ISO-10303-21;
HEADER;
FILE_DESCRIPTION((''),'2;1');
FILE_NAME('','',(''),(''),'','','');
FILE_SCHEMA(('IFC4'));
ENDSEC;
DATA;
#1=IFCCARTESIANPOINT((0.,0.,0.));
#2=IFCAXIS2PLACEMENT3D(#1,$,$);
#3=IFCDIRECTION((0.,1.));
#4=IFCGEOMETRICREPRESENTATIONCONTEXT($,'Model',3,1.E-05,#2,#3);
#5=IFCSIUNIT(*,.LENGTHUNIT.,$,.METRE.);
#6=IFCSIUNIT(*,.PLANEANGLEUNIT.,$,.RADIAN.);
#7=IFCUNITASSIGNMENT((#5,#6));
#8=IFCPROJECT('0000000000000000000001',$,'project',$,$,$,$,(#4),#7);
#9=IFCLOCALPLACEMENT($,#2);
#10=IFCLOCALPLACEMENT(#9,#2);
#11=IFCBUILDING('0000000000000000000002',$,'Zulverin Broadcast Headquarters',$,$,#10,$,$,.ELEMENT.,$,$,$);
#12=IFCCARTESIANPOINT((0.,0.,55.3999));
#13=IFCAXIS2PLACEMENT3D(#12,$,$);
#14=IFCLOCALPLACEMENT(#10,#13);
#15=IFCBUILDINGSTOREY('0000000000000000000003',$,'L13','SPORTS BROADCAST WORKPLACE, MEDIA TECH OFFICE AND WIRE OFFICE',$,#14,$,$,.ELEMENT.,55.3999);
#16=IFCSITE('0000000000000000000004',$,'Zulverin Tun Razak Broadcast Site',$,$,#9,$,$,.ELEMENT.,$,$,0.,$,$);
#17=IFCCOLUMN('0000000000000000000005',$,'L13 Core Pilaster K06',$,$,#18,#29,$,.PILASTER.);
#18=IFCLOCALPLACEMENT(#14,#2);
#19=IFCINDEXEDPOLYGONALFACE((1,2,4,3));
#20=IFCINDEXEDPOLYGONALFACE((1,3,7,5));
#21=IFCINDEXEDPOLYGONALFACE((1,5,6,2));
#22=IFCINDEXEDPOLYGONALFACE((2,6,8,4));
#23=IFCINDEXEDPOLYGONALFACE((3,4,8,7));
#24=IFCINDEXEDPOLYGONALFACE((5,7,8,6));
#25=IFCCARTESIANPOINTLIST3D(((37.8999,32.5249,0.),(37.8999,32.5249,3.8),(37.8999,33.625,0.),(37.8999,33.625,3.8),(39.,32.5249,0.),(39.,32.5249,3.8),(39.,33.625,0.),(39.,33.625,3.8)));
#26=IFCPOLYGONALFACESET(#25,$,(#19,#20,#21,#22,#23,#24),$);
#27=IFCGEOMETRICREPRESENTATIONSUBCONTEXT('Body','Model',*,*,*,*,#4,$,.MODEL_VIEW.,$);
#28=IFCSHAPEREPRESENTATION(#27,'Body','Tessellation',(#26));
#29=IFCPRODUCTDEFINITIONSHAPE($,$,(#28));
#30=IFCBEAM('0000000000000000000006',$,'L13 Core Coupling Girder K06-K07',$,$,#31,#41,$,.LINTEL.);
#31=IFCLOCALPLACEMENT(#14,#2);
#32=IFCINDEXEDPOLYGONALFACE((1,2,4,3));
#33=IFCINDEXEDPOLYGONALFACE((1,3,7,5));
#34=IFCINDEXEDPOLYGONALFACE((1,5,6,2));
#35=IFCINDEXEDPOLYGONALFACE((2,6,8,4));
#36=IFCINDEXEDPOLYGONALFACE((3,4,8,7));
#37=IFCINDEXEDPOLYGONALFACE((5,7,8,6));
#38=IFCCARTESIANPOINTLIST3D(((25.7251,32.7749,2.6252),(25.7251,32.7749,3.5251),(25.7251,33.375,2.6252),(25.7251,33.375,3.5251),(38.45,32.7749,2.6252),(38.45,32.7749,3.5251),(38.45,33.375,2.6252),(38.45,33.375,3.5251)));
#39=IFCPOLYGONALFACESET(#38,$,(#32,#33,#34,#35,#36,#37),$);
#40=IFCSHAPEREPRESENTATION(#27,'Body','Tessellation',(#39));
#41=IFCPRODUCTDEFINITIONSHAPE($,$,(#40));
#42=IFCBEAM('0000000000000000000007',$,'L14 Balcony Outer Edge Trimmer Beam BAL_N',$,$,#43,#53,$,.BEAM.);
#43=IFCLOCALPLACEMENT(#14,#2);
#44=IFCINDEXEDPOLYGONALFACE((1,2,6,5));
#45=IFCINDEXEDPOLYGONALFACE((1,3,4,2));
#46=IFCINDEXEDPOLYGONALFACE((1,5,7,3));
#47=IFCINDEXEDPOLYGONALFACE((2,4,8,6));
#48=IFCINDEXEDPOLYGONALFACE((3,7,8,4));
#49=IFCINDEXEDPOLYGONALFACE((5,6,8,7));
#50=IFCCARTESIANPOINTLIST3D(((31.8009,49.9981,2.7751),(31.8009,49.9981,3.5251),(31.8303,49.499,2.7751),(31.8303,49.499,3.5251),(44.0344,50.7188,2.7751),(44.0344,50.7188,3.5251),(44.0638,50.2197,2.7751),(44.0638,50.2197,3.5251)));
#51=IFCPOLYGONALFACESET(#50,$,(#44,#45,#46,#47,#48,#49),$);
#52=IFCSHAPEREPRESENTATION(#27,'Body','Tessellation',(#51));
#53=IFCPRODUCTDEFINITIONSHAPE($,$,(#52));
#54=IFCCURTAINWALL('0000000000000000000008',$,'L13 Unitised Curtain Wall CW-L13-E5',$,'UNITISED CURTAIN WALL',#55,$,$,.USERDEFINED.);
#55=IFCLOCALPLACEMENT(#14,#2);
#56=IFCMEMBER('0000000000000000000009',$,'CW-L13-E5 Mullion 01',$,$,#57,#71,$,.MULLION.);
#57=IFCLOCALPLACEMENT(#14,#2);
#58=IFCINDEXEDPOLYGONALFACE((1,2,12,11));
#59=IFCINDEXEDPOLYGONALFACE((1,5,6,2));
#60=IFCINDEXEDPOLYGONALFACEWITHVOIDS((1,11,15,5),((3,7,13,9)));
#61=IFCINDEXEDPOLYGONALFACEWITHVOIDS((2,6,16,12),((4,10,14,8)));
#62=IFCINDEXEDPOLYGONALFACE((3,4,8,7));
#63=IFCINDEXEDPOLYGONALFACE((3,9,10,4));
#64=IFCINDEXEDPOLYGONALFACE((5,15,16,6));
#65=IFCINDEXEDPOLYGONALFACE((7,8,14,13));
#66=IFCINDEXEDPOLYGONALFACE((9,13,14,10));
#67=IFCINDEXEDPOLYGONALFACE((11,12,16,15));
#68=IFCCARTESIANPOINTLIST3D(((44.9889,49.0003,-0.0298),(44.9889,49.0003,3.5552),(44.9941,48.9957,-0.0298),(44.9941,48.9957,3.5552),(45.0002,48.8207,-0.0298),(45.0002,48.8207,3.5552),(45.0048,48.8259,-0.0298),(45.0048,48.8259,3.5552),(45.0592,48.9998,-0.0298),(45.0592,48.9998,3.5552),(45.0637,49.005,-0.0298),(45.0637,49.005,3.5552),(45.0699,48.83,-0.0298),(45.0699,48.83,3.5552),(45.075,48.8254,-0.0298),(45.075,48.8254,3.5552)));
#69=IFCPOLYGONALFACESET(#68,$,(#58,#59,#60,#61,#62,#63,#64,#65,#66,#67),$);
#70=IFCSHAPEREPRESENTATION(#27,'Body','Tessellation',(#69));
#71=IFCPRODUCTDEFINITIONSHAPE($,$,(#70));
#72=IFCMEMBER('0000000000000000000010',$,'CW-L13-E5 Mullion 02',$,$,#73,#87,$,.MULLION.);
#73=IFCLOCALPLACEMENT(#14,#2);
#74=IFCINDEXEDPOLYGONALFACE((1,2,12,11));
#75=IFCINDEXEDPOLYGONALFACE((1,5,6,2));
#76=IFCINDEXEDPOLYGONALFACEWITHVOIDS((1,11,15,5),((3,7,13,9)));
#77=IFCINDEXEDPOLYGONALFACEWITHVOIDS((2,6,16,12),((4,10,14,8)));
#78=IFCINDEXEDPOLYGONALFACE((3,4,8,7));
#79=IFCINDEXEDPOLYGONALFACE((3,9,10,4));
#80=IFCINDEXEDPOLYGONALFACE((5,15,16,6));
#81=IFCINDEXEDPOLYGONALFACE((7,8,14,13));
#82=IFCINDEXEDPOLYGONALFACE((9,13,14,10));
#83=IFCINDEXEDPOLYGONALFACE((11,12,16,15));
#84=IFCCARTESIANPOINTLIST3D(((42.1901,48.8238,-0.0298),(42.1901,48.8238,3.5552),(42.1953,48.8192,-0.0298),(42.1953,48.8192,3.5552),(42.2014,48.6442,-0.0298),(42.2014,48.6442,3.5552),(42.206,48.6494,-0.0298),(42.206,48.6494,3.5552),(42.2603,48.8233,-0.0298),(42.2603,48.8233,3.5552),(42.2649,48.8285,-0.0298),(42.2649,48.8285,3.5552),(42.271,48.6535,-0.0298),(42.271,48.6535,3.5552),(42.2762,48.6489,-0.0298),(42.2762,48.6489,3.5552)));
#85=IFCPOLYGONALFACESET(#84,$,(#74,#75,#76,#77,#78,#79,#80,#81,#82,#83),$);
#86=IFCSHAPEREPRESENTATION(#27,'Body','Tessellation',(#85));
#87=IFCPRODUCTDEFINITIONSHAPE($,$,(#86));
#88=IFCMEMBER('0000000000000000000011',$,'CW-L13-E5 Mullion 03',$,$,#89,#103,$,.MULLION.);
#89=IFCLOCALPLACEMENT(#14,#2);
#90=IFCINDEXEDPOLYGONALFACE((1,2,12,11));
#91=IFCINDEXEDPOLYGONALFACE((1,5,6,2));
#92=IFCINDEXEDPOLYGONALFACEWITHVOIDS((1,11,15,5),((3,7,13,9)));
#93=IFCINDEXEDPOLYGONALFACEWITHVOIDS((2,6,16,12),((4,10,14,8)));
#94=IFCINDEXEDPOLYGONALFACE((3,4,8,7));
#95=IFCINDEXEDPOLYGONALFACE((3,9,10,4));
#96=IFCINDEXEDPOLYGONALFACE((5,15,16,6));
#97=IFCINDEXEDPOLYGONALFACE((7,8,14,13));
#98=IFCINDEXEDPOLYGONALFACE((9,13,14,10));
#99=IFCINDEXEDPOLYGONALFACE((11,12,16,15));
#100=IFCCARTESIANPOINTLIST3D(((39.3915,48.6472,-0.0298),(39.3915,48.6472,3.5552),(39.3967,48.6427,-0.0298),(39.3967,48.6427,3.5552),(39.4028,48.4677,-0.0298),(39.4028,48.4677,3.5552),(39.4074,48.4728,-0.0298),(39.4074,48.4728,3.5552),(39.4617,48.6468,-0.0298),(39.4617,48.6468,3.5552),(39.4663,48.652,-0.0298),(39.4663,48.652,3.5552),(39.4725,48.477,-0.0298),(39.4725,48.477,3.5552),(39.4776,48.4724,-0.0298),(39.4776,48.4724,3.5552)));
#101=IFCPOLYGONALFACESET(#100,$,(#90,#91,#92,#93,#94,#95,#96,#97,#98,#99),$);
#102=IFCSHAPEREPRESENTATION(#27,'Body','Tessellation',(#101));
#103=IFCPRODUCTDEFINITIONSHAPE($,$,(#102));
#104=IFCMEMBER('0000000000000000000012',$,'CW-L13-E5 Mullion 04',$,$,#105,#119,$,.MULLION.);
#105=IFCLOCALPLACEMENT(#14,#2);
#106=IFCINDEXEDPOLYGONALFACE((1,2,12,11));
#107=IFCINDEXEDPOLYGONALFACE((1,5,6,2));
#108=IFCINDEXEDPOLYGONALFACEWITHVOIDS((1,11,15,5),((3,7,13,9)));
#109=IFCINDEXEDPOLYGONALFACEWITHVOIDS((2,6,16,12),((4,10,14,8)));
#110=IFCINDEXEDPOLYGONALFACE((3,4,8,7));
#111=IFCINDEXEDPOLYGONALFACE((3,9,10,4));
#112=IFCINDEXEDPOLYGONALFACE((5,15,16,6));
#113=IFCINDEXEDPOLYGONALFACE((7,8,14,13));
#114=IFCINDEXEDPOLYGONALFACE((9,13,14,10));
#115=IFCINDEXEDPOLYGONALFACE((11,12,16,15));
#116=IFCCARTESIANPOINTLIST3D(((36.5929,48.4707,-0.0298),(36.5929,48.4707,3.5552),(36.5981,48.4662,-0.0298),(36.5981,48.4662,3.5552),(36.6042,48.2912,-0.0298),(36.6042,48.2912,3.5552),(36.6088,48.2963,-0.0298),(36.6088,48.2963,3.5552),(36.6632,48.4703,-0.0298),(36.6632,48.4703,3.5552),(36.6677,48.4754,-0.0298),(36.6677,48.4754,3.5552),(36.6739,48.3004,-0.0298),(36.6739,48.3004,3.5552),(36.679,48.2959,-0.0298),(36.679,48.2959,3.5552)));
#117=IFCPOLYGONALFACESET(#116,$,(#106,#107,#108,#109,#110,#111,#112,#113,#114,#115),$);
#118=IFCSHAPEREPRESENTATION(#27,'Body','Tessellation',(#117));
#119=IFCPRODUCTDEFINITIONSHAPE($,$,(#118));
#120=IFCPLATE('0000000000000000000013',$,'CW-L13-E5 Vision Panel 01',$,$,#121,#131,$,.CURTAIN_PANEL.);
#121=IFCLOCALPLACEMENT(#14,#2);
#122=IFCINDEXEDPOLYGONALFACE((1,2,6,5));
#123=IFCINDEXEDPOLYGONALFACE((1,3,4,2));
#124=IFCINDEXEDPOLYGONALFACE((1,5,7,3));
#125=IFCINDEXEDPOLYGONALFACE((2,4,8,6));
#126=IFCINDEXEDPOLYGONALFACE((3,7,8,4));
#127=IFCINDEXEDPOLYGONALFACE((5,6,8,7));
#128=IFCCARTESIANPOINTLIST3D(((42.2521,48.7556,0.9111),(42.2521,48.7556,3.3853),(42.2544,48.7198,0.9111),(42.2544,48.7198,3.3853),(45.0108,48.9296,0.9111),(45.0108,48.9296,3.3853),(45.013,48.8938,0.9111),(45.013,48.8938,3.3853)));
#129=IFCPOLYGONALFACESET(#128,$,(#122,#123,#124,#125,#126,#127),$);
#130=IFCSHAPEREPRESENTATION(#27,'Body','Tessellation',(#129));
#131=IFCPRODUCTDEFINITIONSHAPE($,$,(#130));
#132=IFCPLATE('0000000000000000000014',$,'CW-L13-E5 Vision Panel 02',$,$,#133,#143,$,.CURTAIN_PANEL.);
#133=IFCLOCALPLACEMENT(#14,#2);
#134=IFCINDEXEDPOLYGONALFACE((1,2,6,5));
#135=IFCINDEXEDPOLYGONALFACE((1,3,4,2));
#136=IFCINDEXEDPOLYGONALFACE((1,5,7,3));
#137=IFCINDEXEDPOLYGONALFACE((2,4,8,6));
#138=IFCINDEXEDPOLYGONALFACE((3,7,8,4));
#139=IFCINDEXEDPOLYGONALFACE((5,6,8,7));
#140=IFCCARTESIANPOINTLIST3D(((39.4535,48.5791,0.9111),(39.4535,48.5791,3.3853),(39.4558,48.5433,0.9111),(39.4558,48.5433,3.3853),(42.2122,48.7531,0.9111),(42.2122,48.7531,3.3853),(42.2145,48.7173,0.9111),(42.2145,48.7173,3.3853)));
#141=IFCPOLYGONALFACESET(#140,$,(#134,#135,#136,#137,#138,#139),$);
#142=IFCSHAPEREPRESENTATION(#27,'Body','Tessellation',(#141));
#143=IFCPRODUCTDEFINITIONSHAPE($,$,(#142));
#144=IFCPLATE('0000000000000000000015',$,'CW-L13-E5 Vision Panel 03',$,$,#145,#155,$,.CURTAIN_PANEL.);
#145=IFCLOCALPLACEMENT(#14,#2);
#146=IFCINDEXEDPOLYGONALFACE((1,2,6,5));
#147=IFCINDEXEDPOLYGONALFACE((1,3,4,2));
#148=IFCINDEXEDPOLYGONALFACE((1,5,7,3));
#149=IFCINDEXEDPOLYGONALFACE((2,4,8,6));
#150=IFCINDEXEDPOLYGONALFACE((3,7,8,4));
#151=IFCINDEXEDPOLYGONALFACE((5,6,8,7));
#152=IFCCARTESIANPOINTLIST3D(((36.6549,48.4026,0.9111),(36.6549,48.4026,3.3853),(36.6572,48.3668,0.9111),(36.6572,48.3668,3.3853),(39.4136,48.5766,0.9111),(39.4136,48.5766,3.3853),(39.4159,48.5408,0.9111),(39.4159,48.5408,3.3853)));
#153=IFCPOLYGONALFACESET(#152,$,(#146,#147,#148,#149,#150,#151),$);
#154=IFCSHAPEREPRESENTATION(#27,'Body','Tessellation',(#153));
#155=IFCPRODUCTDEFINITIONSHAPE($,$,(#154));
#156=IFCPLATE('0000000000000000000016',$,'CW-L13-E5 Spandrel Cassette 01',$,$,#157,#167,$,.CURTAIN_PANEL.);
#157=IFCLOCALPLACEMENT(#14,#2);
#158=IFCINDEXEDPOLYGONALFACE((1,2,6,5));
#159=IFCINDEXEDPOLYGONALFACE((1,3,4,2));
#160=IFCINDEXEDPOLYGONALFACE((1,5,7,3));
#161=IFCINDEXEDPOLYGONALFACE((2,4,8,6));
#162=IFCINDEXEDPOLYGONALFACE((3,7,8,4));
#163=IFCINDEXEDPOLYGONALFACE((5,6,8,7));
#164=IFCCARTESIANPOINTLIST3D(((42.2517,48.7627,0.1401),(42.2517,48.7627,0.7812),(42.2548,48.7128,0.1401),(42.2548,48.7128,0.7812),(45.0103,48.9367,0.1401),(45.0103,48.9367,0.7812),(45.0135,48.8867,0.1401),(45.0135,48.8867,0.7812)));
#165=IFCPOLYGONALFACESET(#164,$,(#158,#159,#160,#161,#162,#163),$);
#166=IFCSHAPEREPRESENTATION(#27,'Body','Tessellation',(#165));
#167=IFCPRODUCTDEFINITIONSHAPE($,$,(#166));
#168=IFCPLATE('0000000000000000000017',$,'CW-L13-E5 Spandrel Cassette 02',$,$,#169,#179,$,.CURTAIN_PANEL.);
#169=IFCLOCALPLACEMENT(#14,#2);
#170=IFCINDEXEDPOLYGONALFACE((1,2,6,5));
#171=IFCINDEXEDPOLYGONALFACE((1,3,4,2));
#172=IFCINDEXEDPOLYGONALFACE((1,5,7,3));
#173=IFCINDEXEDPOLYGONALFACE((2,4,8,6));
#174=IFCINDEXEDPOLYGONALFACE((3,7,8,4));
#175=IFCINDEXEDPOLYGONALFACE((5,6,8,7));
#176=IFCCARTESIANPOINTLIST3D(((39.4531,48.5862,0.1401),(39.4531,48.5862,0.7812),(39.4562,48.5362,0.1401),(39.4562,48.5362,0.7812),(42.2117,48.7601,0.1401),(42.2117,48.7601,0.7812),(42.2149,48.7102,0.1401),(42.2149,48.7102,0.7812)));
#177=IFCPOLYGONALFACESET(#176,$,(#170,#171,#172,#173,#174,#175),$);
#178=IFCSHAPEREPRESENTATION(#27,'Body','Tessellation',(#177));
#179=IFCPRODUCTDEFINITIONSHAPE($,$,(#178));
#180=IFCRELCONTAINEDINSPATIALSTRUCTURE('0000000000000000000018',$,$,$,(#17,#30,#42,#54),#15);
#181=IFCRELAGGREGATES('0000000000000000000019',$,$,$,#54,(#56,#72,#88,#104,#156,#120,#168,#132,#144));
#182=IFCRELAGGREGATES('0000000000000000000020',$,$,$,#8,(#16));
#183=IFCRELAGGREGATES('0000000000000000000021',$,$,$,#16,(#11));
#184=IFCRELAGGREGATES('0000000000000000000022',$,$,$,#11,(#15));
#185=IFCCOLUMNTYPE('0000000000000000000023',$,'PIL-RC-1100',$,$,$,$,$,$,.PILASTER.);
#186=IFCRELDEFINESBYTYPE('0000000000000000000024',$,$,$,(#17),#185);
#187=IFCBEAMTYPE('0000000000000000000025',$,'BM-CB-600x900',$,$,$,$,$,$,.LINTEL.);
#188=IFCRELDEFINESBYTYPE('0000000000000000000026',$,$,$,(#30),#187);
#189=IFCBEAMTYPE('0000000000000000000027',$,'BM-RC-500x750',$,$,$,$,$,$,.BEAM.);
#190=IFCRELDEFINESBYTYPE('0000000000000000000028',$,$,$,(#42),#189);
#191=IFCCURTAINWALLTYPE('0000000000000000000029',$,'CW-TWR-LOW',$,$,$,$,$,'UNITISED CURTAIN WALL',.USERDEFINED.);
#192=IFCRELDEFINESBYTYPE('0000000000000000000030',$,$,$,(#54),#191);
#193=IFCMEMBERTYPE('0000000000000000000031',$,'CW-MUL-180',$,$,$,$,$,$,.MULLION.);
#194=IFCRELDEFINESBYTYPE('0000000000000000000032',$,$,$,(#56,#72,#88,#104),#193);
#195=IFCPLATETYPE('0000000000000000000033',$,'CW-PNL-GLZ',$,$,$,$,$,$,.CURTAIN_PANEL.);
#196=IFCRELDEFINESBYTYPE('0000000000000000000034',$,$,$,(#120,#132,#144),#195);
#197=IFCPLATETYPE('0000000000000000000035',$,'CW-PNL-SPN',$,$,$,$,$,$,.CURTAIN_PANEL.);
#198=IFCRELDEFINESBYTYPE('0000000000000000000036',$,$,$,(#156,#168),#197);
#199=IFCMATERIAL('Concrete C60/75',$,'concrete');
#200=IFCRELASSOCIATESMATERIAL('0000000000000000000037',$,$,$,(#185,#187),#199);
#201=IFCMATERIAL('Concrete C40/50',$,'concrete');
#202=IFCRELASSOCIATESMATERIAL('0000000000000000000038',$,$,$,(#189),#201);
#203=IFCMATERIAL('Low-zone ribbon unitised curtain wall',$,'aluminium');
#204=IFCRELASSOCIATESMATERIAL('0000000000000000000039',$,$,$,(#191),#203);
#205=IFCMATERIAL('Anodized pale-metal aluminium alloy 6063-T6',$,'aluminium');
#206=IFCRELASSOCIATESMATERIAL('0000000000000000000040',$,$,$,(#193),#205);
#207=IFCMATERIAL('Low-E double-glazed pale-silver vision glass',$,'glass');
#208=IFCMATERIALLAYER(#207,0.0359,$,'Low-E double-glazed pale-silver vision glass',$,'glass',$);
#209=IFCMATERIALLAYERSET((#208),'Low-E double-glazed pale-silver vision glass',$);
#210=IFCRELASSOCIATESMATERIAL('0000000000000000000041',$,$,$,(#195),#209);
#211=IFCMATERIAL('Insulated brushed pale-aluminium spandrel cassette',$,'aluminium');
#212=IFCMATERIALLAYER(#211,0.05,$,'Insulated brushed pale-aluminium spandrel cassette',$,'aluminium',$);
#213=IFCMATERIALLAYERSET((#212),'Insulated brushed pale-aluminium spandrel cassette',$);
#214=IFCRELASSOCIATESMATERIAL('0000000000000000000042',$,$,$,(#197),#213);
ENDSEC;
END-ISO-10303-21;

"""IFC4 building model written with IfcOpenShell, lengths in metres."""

from ifc_helpers import new_model, si_unit, direction, frame, origin, origin_2d, place, context, subcontext, project, spatial, rectangle, hollow_rectangle, extrude, material, layer, layer_set, material_profile, profile_set, type_object, element, aggregate, save


model = new_model("IFC4")

# Units and contexts
model_context = context("Model", 3, precision=1e-05, world=origin(), true_north=direction((0.0, 1.0)))
body_context = subcontext(model_context, "Body", "Model", "MODEL_VIEW")
ifc_project = project(units=[si_unit("LENGTHUNIT", "METRE"), si_unit("PLANEANGLEUNIT", "RADIAN")], contexts=[model_context])

# Site, building, storey
site_placement = place(None, origin())
site = spatial("IfcSite", under=ifc_project, at=site_placement, Name="Zulverin Tun Razak Broadcast Site", CompositionType="ELEMENT", RefElevation=0.0)
building_placement = place(site_placement, origin())
building = spatial("IfcBuilding", under=site, at=building_placement, Name="Zulverin Broadcast Headquarters", CompositionType="ELEMENT")
storey_placement = place(building_placement, frame((0.0, 0.0, 55.3999)))
storey = spatial("IfcBuildingStorey", under=building, at=storey_placement, Name="L13", Description="SPORTS BROADCAST WORKPLACE, MEDIA TECH OFFICE AND WIRE OFFICE", CompositionType="ELEMENT", Elevation=55.3999)

# Column
ifc_material_1 = material(Name="Concrete C60/75", Category="concrete")
ifc_material_profile_1 = material_profile(ifc_material_1, rectangle(XDim=1.1001, YDim=1.1001, at=origin_2d()), Name="Concrete C60/75", Category="concrete")
ifc_profile_set_1 = profile_set([ifc_material_profile_1], Name="Concrete C60/75")
column_type = type_object("IfcColumnType", Name="PIL-RC-1100", PredefinedType="PILASTER", material=ifc_profile_set_1)
column_placement = place(storey_placement, frame((38.45, 33.075, 0.0), z_axis=(0.0, 0.0, 1.0), x_axis=(1.0, 0.0, 0.0)))
element("IfcColumn", 1, at=column_placement, inside=storey, type_object=column_type, Name="L13 Core Pilaster K06", PredefinedType="PILASTER", context=body_context, shape_type="SweptSolid", body=[
    extrude(rectangle(XDim=1.1001, YDim=1.1001, at=origin_2d()), origin(), (0.0, 0.0, 1.0), 3.8),
])

# Beams
ifc_material_profile_2 = material_profile(ifc_material_1, rectangle(XDim=0.6001, YDim=0.8999, at=origin_2d()), Name="Concrete C60/75", Category="concrete")
ifc_profile_set_2 = profile_set([ifc_material_profile_2], Name="Concrete C60/75")
beam_type_1 = type_object("IfcBeamType", Name="BM-CB-600x900", PredefinedType="LINTEL", material=ifc_profile_set_2)
beam_1_placement = place(storey_placement, frame((38.45, 33.075, 3.0752), z_axis=(-1.0, 0.0, 0.0), x_axis=(0.0, -1.0, 0.0)))
element("IfcBeam", 2, at=beam_1_placement, inside=storey, type_object=beam_type_1, Name="L13 Core Coupling Girder K06-K07", PredefinedType="LINTEL", context=body_context, shape_type="SweptSolid", body=[
    extrude(rectangle(XDim=0.6001, YDim=0.8999, at=origin_2d()), origin(), (0.0, 0.0, 1.0), 12.7249),
])
ifc_material_2 = material(Name="Concrete C40/50", Category="concrete")
ifc_material_profile_3 = material_profile(ifc_material_2, rectangle(XDim=0.5, YDim=0.75, at=origin_2d()), Name="Concrete C40/50", Category="concrete")
ifc_profile_set_3 = profile_set([ifc_material_profile_3], Name="Concrete C40/50")
beam_type_2 = type_object("IfcBeamType", Name="BM-RC-500x750", PredefinedType="BEAM", material=ifc_profile_set_3)
beam_2_placement = place(storey_placement, frame((44.0491, 50.4692, 3.1501), z_axis=(-0.998269, -0.058811, 0.0), x_axis=(0.058811, -0.998269, 0.0)))
element("IfcBeam", 3, at=beam_2_placement, inside=storey, type_object=beam_type_2, Name="L14 Balcony Outer Edge Trimmer Beam BAL_N", PredefinedType="BEAM", context=body_context, shape_type="SweptSolid", body=[
    extrude(rectangle(XDim=0.5, YDim=0.75, at=origin_2d()), origin(), (0.0, 0.0, 1.0), 12.2546),
])

# Curtain wall, members, plates
ifc_material_3 = material(Name="Low-zone ribbon unitised curtain wall", Category="aluminium")
curtain_wall_type = type_object("IfcCurtainWallType", Name="CW-TWR-LOW", ElementType="UNITISED CURTAIN WALL", PredefinedType="USERDEFINED", material=ifc_material_3)
curtain_wall_placement = place(storey_placement, origin())
curtain_wall = element("IfcCurtainWall", 4, at=curtain_wall_placement, inside=storey, type_object=curtain_wall_type, Name="L13 Unitised Curtain Wall CW-L13-E5", ObjectType="UNITISED CURTAIN WALL", PredefinedType="USERDEFINED")
ifc_material_4 = material(Name="Anodized pale-metal aluminium alloy 6063-T6", Category="aluminium")
ifc_material_profile_4 = material_profile(ifc_material_4, hollow_rectangle(XDim=0.075, YDim=0.1799, WallThickness=0.0049, at=origin_2d()), Name="Anodized pale-metal aluminium alloy 6063-T6", Category="aluminium")
ifc_profile_set_4 = profile_set([ifc_material_profile_4], Name="Anodized pale-metal aluminium alloy 6063-T6")
member_type = type_object("IfcMemberType", Name="CW-MUL-180", PredefinedType="MULLION", material=ifc_profile_set_4)
member_1_placement = place(storey_placement, frame((45.032, 48.9128, -0.0298), z_axis=(0.0, 0.0, 1.0), x_axis=(-0.998018, -0.062935, 0.0)))
member_1 = element("IfcMember", 5, at=member_1_placement, type_object=member_type, Name="CW-L13-E5 Mullion 01", PredefinedType="MULLION", context=body_context, shape_type="SweptSolid", body=[
    extrude(hollow_rectangle(XDim=0.075, YDim=0.1799, WallThickness=0.0049, at=origin_2d()), origin(), (0.0, 0.0, 1.0), 3.585),
])
member_2_placement = place(storey_placement, frame((42.2332, 48.7363, -0.0298), z_axis=(0.0, 0.0, 1.0), x_axis=(-0.998018, -0.062935, 0.0)))
member_2 = element("IfcMember", 6, at=member_2_placement, type_object=member_type, Name="CW-L13-E5 Mullion 02", PredefinedType="MULLION", context=body_context, shape_type="SweptSolid", body=[
    extrude(hollow_rectangle(XDim=0.075, YDim=0.1799, WallThickness=0.0049, at=origin_2d()), origin(), (0.0, 0.0, 1.0), 3.585),
])
member_3_placement = place(storey_placement, frame((39.4346, 48.5598, -0.0298), z_axis=(0.0, 0.0, 1.0), x_axis=(-0.998018, -0.062935, 0.0)))
member_3 = element("IfcMember", 7, at=member_3_placement, type_object=member_type, Name="CW-L13-E5 Mullion 03", PredefinedType="MULLION", context=body_context, shape_type="SweptSolid", body=[
    extrude(hollow_rectangle(XDim=0.075, YDim=0.1799, WallThickness=0.0049, at=origin_2d()), origin(), (0.0, 0.0, 1.0), 3.585),
])
member_4_placement = place(storey_placement, frame((36.636, 48.3833, -0.0298), z_axis=(0.0, 0.0, 1.0), x_axis=(-0.998018, -0.062935, 0.0)))
member_4 = element("IfcMember", 8, at=member_4_placement, type_object=member_type, Name="CW-L13-E5 Mullion 04", PredefinedType="MULLION", context=body_context, shape_type="SweptSolid", body=[
    extrude(hollow_rectangle(XDim=0.075, YDim=0.1799, WallThickness=0.0049, at=origin_2d()), origin(), (0.0, 0.0, 1.0), 3.585),
])
ifc_material_5 = material(Name="Low-E double-glazed pale-silver vision glass", Category="glass")
ifc_layer_1 = layer(ifc_material_5, 0.0359, Name="Low-E double-glazed pale-silver vision glass", Category="glass")
ifc_layer_set_1 = layer_set([ifc_layer_1], Name="Low-E double-glazed pale-silver vision glass")
plate_type_1 = type_object("IfcPlateType", Name="CW-PNL-GLZ", PredefinedType="CURTAIN_PANEL", material=ifc_layer_set_1)
plate_1_placement = place(storey_placement, frame((43.6326, 48.8247, 0.9111), z_axis=(0.0, 0.0, 1.0), x_axis=(-0.998018, -0.062935, 0.0)))
plate_1 = element("IfcPlate", 9, at=plate_1_placement, type_object=plate_type_1, Name="CW-L13-E5 Vision Panel 01", PredefinedType="CURTAIN_PANEL", context=body_context, shape_type="SweptSolid", body=[
    extrude(rectangle(XDim=2.7642, YDim=0.0359, at=origin_2d()), origin(), (0.0, 0.0, 1.0), 2.4741),
])
plate_2_placement = place(storey_placement, frame((40.834, 48.6482, 0.9111), z_axis=(0.0, 0.0, 1.0), x_axis=(-0.998018, -0.062935, 0.0)))
plate_2 = element("IfcPlate", 10, at=plate_2_placement, type_object=plate_type_1, Name="CW-L13-E5 Vision Panel 02", PredefinedType="CURTAIN_PANEL", context=body_context, shape_type="SweptSolid", body=[
    extrude(rectangle(XDim=2.7642, YDim=0.0359, at=origin_2d()), origin(), (0.0, 0.0, 1.0), 2.4741),
])
plate_3_placement = place(storey_placement, frame((38.0354, 48.4717, 0.9111), z_axis=(0.0, 0.0, 1.0), x_axis=(-0.998018, -0.062935, 0.0)))
plate_3 = element("IfcPlate", 11, at=plate_3_placement, type_object=plate_type_1, Name="CW-L13-E5 Vision Panel 03", PredefinedType="CURTAIN_PANEL", context=body_context, shape_type="SweptSolid", body=[
    extrude(rectangle(XDim=2.7642, YDim=0.0359, at=origin_2d()), origin(), (0.0, 0.0, 1.0), 2.4741),
])
ifc_material_6 = material(Name="Insulated brushed pale-aluminium spandrel cassette", Category="aluminium")
ifc_layer_2 = layer(ifc_material_6, 0.05, Name="Insulated brushed pale-aluminium spandrel cassette", Category="aluminium")
ifc_layer_set_2 = layer_set([ifc_layer_2], Name="Insulated brushed pale-aluminium spandrel cassette")
plate_type_2 = type_object("IfcPlateType", Name="CW-PNL-SPN", PredefinedType="CURTAIN_PANEL", material=ifc_layer_set_2)
plate_4_placement = place(storey_placement, frame((43.6326, 48.8247, 0.1401), z_axis=(0.0, 0.0, 1.0), x_axis=(-0.998018, -0.062935, 0.0)))
plate_4 = element("IfcPlate", 12, at=plate_4_placement, type_object=plate_type_2, Name="CW-L13-E5 Spandrel Cassette 01", PredefinedType="CURTAIN_PANEL", context=body_context, shape_type="SweptSolid", body=[
    extrude(rectangle(XDim=2.7642, YDim=0.05, at=origin_2d()), origin(), (0.0, 0.0, 1.0), 0.6411),
])
plate_5_placement = place(storey_placement, frame((40.834, 48.6482, 0.1401), z_axis=(0.0, 0.0, 1.0), x_axis=(-0.998018, -0.062935, 0.0)))
plate_5 = element("IfcPlate", 13, at=plate_5_placement, type_object=plate_type_2, Name="CW-L13-E5 Spandrel Cassette 02", PredefinedType="CURTAIN_PANEL", context=body_context, shape_type="SweptSolid", body=[
    extrude(rectangle(XDim=2.7642, YDim=0.05, at=origin_2d()), origin(), (0.0, 0.0, 1.0), 0.6411),
])
aggregate(curtain_wall, [member_1, member_2, member_3, member_4, plate_4, plate_1, plate_5, plate_2, plate_3])

save(model, "model.ifc")
